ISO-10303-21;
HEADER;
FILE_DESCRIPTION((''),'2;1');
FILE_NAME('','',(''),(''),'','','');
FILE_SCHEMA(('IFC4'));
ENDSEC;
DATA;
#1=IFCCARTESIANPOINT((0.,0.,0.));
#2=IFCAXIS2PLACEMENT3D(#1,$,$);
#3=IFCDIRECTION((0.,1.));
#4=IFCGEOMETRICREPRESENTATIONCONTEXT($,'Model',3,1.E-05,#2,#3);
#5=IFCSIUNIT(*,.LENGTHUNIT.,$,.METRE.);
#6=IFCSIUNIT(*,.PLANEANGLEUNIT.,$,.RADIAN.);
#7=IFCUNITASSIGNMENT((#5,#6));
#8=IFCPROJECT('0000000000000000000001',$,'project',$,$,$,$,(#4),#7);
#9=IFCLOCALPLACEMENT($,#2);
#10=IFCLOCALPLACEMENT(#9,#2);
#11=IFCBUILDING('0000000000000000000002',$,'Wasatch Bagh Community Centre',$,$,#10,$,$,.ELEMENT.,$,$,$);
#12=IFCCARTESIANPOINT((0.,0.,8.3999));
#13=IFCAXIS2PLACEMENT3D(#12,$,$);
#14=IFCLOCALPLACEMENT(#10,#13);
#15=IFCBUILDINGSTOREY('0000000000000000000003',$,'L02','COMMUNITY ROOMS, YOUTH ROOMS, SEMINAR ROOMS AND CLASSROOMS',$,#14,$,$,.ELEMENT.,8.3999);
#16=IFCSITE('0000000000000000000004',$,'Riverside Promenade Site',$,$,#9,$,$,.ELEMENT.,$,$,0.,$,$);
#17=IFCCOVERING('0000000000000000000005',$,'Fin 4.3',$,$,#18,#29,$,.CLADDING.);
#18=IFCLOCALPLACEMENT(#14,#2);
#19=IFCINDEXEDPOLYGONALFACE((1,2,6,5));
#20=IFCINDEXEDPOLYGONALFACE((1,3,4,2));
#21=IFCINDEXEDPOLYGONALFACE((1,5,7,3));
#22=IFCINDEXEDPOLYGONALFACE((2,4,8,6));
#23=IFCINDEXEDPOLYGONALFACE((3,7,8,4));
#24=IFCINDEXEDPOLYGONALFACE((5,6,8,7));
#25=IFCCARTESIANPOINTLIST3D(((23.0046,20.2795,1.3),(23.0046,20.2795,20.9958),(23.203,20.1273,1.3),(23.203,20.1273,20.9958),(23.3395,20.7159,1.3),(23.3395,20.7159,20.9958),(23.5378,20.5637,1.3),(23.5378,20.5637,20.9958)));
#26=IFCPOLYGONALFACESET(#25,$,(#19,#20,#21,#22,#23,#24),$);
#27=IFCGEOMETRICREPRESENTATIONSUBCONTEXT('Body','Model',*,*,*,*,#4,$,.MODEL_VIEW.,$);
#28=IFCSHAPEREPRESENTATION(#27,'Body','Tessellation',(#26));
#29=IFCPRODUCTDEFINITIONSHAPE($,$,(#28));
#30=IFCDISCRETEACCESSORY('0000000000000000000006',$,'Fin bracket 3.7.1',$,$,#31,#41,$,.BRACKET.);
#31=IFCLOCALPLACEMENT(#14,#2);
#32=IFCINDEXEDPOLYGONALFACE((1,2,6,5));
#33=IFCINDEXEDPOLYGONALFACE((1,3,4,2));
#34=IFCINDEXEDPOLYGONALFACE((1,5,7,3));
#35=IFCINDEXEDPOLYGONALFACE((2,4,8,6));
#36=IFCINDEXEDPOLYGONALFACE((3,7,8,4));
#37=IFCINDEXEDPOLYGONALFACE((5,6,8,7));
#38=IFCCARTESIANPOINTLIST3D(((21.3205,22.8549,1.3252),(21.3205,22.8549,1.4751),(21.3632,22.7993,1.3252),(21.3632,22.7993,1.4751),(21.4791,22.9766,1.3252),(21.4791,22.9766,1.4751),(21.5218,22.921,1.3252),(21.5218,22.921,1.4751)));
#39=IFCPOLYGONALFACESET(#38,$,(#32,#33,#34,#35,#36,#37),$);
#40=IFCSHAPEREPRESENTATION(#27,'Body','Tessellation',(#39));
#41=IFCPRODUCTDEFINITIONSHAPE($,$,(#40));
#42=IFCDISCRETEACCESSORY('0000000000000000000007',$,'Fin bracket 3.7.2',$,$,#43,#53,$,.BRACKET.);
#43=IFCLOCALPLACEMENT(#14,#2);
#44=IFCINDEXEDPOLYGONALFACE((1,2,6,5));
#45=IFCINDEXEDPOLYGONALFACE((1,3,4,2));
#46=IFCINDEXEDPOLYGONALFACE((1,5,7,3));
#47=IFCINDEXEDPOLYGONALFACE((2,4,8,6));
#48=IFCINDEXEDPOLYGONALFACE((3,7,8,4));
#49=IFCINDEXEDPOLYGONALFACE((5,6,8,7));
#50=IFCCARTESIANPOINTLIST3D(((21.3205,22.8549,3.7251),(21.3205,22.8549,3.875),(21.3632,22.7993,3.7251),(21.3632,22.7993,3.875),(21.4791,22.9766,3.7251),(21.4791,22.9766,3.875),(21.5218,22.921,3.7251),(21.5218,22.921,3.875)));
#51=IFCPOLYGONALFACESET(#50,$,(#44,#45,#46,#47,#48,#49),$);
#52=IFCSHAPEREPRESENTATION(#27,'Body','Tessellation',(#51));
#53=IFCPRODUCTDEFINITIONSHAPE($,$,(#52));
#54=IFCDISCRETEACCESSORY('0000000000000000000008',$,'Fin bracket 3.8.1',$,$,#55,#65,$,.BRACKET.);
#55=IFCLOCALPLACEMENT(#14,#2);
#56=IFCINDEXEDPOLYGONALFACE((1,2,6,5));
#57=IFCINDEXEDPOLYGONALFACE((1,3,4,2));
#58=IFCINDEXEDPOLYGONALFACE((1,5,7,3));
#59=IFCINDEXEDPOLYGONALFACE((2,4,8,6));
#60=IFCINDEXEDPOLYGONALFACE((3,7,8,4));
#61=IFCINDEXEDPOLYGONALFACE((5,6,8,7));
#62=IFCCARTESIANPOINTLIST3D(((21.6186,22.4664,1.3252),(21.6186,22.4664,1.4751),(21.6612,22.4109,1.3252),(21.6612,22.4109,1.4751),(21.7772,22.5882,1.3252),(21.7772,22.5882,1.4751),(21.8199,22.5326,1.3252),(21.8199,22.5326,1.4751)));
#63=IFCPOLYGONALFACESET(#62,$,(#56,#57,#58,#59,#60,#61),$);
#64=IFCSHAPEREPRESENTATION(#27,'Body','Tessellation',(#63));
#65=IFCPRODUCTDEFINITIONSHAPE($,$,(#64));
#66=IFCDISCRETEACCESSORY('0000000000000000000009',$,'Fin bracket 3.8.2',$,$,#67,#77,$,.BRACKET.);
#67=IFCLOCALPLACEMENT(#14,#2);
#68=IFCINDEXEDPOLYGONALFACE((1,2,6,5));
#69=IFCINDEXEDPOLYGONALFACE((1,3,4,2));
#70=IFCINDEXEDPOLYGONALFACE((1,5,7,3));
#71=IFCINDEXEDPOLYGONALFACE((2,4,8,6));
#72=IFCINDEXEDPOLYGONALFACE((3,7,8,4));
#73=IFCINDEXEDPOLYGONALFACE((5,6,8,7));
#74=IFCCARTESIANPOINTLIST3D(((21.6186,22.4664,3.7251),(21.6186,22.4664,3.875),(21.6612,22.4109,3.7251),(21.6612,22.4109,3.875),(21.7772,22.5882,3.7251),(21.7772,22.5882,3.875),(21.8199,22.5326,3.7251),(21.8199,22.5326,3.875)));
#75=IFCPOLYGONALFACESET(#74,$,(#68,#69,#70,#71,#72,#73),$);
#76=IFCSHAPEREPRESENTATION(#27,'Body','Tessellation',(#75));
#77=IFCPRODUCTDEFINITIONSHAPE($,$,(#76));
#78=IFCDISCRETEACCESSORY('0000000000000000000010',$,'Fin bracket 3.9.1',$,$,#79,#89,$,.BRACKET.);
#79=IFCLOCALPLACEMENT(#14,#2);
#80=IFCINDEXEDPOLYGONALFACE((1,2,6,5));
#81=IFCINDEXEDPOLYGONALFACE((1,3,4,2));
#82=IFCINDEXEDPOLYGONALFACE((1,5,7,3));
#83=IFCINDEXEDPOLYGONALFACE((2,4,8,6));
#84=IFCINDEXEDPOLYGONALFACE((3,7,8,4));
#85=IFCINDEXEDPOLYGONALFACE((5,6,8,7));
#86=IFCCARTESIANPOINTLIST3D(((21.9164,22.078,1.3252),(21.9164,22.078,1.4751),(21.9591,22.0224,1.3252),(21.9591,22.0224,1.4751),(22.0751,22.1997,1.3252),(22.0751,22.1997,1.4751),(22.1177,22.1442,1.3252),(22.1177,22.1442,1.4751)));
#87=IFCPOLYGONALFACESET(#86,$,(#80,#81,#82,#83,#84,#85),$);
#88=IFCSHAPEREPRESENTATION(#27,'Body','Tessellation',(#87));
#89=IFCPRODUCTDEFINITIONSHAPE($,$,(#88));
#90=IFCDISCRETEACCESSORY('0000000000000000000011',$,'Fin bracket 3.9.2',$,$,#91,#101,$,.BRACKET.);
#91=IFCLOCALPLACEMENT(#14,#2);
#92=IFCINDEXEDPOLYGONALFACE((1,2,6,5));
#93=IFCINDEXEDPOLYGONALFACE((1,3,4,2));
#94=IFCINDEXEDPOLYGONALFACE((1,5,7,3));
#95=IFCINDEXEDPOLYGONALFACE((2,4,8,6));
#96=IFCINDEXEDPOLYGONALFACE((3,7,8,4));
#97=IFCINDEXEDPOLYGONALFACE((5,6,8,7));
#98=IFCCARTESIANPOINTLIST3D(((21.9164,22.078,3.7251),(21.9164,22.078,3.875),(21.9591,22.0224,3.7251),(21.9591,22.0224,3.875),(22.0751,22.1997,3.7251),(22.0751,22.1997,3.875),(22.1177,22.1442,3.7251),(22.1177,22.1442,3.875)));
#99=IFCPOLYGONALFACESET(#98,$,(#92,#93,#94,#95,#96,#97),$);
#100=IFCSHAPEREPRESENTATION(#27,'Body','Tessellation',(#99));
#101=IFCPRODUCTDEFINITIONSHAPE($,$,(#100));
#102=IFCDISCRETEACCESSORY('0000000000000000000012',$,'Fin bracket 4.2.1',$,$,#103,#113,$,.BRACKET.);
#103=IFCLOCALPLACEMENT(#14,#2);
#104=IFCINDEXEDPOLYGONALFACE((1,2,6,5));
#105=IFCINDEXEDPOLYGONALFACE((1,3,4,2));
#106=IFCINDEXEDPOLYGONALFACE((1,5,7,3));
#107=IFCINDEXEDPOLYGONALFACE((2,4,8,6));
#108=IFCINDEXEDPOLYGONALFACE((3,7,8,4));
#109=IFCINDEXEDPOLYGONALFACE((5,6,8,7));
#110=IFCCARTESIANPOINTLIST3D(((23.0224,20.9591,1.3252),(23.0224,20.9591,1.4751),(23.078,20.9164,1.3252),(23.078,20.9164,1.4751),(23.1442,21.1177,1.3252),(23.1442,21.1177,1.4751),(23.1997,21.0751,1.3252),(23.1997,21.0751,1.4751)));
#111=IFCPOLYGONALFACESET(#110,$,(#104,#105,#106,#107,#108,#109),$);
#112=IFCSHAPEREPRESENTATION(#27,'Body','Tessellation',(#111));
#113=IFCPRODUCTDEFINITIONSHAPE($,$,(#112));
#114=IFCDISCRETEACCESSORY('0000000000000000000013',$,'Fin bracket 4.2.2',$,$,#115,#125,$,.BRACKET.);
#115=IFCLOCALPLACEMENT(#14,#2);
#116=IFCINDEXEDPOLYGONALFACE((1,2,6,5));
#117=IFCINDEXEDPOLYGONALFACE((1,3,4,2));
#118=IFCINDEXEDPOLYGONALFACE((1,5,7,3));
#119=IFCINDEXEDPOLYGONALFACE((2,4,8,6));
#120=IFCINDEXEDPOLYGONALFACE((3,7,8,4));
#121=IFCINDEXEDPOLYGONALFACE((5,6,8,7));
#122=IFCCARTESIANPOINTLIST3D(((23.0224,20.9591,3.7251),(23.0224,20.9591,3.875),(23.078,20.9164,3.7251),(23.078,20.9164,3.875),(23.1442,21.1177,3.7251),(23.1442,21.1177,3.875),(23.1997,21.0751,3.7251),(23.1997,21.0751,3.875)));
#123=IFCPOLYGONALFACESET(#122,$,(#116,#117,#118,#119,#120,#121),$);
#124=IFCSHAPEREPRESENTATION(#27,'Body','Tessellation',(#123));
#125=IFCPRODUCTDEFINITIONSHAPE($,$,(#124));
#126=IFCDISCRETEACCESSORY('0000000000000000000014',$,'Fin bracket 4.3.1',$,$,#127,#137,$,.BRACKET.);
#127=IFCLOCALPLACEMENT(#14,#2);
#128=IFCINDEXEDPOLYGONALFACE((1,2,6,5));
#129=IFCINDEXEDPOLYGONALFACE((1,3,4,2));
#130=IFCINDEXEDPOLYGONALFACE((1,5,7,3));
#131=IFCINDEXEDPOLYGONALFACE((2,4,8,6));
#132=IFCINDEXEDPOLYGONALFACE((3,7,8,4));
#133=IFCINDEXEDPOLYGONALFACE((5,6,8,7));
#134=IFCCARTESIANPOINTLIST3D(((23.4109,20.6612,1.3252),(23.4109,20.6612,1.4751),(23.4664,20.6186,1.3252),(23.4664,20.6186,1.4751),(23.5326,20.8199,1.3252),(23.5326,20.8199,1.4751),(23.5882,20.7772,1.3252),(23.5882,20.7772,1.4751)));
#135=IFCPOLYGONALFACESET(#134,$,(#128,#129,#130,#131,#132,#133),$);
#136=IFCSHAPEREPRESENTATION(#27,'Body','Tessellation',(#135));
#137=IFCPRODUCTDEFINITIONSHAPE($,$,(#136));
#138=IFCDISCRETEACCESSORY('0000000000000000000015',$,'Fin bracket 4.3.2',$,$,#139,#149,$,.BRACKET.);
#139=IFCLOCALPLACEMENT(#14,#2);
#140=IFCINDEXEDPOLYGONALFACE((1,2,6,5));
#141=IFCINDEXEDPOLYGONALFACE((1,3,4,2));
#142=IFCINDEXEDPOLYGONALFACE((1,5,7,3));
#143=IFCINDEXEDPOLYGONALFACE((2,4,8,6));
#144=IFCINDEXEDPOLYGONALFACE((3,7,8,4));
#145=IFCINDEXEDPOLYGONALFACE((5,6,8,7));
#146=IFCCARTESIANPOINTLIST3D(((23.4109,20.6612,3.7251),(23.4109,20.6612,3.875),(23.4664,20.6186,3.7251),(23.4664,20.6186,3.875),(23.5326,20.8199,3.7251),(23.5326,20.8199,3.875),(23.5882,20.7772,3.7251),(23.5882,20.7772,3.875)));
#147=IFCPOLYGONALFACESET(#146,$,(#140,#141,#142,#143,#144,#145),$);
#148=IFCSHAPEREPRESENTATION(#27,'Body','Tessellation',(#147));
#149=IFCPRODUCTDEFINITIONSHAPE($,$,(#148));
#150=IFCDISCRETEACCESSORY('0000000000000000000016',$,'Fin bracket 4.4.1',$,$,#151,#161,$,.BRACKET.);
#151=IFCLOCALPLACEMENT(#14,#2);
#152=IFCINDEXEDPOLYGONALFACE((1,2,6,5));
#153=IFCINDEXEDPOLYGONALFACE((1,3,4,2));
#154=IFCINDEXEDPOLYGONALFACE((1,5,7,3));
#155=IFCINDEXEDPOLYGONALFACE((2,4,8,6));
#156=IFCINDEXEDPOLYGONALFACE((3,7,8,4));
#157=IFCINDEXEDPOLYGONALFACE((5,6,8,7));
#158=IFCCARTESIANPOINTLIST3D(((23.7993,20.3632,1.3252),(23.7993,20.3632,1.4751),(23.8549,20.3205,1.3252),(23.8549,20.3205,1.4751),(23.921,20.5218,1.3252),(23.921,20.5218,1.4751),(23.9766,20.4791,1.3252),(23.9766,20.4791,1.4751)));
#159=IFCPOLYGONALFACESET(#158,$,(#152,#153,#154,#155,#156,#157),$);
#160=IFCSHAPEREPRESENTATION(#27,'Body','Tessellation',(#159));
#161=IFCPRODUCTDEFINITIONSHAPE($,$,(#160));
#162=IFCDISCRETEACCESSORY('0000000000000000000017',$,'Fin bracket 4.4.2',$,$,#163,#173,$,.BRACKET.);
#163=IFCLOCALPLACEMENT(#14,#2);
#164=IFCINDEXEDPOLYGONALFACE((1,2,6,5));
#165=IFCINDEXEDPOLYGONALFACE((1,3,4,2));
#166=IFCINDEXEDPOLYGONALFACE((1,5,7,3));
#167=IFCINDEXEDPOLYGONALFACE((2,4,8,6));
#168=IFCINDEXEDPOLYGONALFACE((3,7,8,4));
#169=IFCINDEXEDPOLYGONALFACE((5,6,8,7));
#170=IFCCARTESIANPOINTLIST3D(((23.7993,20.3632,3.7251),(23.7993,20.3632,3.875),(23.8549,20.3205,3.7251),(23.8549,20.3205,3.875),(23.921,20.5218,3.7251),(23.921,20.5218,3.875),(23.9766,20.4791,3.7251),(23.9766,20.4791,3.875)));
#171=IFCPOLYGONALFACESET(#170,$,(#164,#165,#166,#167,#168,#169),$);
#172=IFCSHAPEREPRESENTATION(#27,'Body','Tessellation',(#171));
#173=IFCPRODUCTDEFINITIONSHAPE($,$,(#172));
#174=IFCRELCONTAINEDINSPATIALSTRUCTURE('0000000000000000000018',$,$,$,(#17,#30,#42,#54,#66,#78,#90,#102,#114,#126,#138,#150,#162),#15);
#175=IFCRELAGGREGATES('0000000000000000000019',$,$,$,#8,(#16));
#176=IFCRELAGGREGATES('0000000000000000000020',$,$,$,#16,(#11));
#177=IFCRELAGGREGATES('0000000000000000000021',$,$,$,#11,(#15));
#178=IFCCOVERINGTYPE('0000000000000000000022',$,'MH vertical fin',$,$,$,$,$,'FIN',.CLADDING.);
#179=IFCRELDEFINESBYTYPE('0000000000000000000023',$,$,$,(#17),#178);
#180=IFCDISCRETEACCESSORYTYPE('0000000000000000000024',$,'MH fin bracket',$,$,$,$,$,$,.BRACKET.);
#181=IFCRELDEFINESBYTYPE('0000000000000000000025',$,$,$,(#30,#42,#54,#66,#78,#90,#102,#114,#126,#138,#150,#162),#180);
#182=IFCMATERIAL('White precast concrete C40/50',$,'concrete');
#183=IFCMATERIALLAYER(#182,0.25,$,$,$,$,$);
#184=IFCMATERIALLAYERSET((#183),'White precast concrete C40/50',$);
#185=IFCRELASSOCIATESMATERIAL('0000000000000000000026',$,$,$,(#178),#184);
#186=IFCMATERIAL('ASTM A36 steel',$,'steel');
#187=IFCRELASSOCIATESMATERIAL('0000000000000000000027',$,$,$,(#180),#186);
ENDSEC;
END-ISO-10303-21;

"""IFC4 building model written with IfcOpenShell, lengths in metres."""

from ifc_helpers import new_model, si_unit, direction, frame, origin, origin_2d, place, context, subcontext, project, spatial, rectangle, extrude, material, layer, layer_set, type_object, element, save


model = new_model("IFC4")

# Units and contexts
model_context = context("Model", 3, precision=1e-05, world=origin(), true_north=direction((0.0, 1.0)))
body_context = subcontext(model_context, "Body", "Model", "MODEL_VIEW")
ifc_project = project(units=[si_unit("LENGTHUNIT", "METRE"), si_unit("PLANEANGLEUNIT", "RADIAN")], contexts=[model_context])

# Site, building, storey
site_placement = place(None, origin())
site = spatial("IfcSite", under=ifc_project, at=site_placement, Name="Riverside Promenade Site", CompositionType="ELEMENT", RefElevation=0.0)
building_placement = place(site_placement, origin())
building = spatial("IfcBuilding", under=site, at=building_placement, Name="Wasatch Bagh Community Centre", CompositionType="ELEMENT")
storey_placement = place(building_placement, frame((0.0, 0.0, 8.3999)))
storey = spatial("IfcBuildingStorey", under=building, at=storey_placement, Name="L02", Description="COMMUNITY ROOMS, YOUTH ROOMS, SEMINAR ROOMS AND CLASSROOMS", CompositionType="ELEMENT", Elevation=8.3999)

# Covering
ifc_material_1 = material(Name="White precast concrete C40/50", Category="concrete")
ifc_layer_1 = layer(ifc_material_1, 0.25)
ifc_layer_set_1 = layer_set([ifc_layer_1], Name="White precast concrete C40/50")
covering_type_1 = type_object("IfcCoveringType", Name="MH vertical fin", ElementType="FIN", PredefinedType="CLADDING", material=ifc_layer_set_1)
covering_1_placement = place(storey_placement, frame((23.2712, 20.4216, 1.3), z_axis=(0.0, 0.0, 1.0), x_axis=(0.793353, -0.608761, 0.0)))
element("IfcCovering", 1, at=covering_1_placement, inside=storey, type_object=covering_type_1, Name="Fin 4.3", PredefinedType="CLADDING", context=body_context, shape_type="SweptSolid", body=[
    extrude(rectangle(XDim=0.25, YDim=0.55, at=origin_2d()), origin(), (0.0, 0.0, 1.0), 19.6958),
])

# Discrete accessories
ifc_material_2 = material(Name="ASTM A36 steel", Category="steel")
discrete_accessory_type = type_object("IfcDiscreteAccessoryType", Name="MH fin bracket", PredefinedType="BRACKET", material=ifc_material_2)
for number, where, z_axis, x_axis, name in (
    (2, (21.4211, 22.8879, 1.3252), (0.0, 0.0, 1.0), (0.608761, -0.793353, 0.0), "Fin bracket 3.7.1"),
    (3, (21.4211, 22.8879, 3.7251), (0.0, 0.0, 1.0), (0.608761, -0.793353, 0.0), "Fin bracket 3.7.2"),
    (4, (21.7192, 22.4995, 1.3252), (0.0, 0.0, 1.0), (0.608761, -0.793353, 0.0), "Fin bracket 3.8.1"),
    (5, (21.7192, 22.4995, 3.7251), (0.0, 0.0, 1.0), (0.608761, -0.793353, 0.0), "Fin bracket 3.8.2"),
    (6, (22.0171, 22.1111, 1.3252), (0.0, 0.0, 1.0), (0.608761, -0.793353, 0.0), "Fin bracket 3.9.1"),
    (7, (22.0171, 22.1111, 3.7251), (0.0, 0.0, 1.0), (0.608761, -0.793353, 0.0), "Fin bracket 3.9.2"),
    (8, (23.1111, 21.0171, 1.3252), (0.0, 0.0, 1.0), (0.793353, -0.608761, 0.0), "Fin bracket 4.2.1"),
    (9, (23.1111, 21.0171, 3.7251), (0.0, 0.0, 1.0), (0.793353, -0.608761, 0.0), "Fin bracket 4.2.2"),
    (10, (23.4995, 20.7192, 1.3252), (0.0, 0.0, 1.0), (0.793353, -0.608761, 0.0), "Fin bracket 4.3.1"),
    (11, (23.4995, 20.7192, 3.7251), (0.0, 0.0, 1.0), (0.793353, -0.608761, 0.0), "Fin bracket 4.3.2"),
    (12, (23.8879, 20.4211, 1.3252), (0.0, 0.0, 1.0), (0.793353, -0.608761, 0.0), "Fin bracket 4.4.1"),
    (13, (23.8879, 20.4211, 3.7251), (0.0, 0.0, 1.0), (0.793353, -0.608761, 0.0), "Fin bracket 4.4.2"),
):
    element("IfcDiscreteAccessory", number, at=place(storey_placement, frame(where, z_axis=z_axis, x_axis=x_axis)), inside=storey, type_object=discrete_accessory_type, Name=name, PredefinedType="BRACKET", context=body_context, shape_type="SweptSolid", body=[
        extrude(rectangle(XDim=0.0701, YDim=0.2, at=origin_2d()), origin(), (0.0, 0.0, 1.0), 0.1499),
    ])

save(model, "model.ifc")
